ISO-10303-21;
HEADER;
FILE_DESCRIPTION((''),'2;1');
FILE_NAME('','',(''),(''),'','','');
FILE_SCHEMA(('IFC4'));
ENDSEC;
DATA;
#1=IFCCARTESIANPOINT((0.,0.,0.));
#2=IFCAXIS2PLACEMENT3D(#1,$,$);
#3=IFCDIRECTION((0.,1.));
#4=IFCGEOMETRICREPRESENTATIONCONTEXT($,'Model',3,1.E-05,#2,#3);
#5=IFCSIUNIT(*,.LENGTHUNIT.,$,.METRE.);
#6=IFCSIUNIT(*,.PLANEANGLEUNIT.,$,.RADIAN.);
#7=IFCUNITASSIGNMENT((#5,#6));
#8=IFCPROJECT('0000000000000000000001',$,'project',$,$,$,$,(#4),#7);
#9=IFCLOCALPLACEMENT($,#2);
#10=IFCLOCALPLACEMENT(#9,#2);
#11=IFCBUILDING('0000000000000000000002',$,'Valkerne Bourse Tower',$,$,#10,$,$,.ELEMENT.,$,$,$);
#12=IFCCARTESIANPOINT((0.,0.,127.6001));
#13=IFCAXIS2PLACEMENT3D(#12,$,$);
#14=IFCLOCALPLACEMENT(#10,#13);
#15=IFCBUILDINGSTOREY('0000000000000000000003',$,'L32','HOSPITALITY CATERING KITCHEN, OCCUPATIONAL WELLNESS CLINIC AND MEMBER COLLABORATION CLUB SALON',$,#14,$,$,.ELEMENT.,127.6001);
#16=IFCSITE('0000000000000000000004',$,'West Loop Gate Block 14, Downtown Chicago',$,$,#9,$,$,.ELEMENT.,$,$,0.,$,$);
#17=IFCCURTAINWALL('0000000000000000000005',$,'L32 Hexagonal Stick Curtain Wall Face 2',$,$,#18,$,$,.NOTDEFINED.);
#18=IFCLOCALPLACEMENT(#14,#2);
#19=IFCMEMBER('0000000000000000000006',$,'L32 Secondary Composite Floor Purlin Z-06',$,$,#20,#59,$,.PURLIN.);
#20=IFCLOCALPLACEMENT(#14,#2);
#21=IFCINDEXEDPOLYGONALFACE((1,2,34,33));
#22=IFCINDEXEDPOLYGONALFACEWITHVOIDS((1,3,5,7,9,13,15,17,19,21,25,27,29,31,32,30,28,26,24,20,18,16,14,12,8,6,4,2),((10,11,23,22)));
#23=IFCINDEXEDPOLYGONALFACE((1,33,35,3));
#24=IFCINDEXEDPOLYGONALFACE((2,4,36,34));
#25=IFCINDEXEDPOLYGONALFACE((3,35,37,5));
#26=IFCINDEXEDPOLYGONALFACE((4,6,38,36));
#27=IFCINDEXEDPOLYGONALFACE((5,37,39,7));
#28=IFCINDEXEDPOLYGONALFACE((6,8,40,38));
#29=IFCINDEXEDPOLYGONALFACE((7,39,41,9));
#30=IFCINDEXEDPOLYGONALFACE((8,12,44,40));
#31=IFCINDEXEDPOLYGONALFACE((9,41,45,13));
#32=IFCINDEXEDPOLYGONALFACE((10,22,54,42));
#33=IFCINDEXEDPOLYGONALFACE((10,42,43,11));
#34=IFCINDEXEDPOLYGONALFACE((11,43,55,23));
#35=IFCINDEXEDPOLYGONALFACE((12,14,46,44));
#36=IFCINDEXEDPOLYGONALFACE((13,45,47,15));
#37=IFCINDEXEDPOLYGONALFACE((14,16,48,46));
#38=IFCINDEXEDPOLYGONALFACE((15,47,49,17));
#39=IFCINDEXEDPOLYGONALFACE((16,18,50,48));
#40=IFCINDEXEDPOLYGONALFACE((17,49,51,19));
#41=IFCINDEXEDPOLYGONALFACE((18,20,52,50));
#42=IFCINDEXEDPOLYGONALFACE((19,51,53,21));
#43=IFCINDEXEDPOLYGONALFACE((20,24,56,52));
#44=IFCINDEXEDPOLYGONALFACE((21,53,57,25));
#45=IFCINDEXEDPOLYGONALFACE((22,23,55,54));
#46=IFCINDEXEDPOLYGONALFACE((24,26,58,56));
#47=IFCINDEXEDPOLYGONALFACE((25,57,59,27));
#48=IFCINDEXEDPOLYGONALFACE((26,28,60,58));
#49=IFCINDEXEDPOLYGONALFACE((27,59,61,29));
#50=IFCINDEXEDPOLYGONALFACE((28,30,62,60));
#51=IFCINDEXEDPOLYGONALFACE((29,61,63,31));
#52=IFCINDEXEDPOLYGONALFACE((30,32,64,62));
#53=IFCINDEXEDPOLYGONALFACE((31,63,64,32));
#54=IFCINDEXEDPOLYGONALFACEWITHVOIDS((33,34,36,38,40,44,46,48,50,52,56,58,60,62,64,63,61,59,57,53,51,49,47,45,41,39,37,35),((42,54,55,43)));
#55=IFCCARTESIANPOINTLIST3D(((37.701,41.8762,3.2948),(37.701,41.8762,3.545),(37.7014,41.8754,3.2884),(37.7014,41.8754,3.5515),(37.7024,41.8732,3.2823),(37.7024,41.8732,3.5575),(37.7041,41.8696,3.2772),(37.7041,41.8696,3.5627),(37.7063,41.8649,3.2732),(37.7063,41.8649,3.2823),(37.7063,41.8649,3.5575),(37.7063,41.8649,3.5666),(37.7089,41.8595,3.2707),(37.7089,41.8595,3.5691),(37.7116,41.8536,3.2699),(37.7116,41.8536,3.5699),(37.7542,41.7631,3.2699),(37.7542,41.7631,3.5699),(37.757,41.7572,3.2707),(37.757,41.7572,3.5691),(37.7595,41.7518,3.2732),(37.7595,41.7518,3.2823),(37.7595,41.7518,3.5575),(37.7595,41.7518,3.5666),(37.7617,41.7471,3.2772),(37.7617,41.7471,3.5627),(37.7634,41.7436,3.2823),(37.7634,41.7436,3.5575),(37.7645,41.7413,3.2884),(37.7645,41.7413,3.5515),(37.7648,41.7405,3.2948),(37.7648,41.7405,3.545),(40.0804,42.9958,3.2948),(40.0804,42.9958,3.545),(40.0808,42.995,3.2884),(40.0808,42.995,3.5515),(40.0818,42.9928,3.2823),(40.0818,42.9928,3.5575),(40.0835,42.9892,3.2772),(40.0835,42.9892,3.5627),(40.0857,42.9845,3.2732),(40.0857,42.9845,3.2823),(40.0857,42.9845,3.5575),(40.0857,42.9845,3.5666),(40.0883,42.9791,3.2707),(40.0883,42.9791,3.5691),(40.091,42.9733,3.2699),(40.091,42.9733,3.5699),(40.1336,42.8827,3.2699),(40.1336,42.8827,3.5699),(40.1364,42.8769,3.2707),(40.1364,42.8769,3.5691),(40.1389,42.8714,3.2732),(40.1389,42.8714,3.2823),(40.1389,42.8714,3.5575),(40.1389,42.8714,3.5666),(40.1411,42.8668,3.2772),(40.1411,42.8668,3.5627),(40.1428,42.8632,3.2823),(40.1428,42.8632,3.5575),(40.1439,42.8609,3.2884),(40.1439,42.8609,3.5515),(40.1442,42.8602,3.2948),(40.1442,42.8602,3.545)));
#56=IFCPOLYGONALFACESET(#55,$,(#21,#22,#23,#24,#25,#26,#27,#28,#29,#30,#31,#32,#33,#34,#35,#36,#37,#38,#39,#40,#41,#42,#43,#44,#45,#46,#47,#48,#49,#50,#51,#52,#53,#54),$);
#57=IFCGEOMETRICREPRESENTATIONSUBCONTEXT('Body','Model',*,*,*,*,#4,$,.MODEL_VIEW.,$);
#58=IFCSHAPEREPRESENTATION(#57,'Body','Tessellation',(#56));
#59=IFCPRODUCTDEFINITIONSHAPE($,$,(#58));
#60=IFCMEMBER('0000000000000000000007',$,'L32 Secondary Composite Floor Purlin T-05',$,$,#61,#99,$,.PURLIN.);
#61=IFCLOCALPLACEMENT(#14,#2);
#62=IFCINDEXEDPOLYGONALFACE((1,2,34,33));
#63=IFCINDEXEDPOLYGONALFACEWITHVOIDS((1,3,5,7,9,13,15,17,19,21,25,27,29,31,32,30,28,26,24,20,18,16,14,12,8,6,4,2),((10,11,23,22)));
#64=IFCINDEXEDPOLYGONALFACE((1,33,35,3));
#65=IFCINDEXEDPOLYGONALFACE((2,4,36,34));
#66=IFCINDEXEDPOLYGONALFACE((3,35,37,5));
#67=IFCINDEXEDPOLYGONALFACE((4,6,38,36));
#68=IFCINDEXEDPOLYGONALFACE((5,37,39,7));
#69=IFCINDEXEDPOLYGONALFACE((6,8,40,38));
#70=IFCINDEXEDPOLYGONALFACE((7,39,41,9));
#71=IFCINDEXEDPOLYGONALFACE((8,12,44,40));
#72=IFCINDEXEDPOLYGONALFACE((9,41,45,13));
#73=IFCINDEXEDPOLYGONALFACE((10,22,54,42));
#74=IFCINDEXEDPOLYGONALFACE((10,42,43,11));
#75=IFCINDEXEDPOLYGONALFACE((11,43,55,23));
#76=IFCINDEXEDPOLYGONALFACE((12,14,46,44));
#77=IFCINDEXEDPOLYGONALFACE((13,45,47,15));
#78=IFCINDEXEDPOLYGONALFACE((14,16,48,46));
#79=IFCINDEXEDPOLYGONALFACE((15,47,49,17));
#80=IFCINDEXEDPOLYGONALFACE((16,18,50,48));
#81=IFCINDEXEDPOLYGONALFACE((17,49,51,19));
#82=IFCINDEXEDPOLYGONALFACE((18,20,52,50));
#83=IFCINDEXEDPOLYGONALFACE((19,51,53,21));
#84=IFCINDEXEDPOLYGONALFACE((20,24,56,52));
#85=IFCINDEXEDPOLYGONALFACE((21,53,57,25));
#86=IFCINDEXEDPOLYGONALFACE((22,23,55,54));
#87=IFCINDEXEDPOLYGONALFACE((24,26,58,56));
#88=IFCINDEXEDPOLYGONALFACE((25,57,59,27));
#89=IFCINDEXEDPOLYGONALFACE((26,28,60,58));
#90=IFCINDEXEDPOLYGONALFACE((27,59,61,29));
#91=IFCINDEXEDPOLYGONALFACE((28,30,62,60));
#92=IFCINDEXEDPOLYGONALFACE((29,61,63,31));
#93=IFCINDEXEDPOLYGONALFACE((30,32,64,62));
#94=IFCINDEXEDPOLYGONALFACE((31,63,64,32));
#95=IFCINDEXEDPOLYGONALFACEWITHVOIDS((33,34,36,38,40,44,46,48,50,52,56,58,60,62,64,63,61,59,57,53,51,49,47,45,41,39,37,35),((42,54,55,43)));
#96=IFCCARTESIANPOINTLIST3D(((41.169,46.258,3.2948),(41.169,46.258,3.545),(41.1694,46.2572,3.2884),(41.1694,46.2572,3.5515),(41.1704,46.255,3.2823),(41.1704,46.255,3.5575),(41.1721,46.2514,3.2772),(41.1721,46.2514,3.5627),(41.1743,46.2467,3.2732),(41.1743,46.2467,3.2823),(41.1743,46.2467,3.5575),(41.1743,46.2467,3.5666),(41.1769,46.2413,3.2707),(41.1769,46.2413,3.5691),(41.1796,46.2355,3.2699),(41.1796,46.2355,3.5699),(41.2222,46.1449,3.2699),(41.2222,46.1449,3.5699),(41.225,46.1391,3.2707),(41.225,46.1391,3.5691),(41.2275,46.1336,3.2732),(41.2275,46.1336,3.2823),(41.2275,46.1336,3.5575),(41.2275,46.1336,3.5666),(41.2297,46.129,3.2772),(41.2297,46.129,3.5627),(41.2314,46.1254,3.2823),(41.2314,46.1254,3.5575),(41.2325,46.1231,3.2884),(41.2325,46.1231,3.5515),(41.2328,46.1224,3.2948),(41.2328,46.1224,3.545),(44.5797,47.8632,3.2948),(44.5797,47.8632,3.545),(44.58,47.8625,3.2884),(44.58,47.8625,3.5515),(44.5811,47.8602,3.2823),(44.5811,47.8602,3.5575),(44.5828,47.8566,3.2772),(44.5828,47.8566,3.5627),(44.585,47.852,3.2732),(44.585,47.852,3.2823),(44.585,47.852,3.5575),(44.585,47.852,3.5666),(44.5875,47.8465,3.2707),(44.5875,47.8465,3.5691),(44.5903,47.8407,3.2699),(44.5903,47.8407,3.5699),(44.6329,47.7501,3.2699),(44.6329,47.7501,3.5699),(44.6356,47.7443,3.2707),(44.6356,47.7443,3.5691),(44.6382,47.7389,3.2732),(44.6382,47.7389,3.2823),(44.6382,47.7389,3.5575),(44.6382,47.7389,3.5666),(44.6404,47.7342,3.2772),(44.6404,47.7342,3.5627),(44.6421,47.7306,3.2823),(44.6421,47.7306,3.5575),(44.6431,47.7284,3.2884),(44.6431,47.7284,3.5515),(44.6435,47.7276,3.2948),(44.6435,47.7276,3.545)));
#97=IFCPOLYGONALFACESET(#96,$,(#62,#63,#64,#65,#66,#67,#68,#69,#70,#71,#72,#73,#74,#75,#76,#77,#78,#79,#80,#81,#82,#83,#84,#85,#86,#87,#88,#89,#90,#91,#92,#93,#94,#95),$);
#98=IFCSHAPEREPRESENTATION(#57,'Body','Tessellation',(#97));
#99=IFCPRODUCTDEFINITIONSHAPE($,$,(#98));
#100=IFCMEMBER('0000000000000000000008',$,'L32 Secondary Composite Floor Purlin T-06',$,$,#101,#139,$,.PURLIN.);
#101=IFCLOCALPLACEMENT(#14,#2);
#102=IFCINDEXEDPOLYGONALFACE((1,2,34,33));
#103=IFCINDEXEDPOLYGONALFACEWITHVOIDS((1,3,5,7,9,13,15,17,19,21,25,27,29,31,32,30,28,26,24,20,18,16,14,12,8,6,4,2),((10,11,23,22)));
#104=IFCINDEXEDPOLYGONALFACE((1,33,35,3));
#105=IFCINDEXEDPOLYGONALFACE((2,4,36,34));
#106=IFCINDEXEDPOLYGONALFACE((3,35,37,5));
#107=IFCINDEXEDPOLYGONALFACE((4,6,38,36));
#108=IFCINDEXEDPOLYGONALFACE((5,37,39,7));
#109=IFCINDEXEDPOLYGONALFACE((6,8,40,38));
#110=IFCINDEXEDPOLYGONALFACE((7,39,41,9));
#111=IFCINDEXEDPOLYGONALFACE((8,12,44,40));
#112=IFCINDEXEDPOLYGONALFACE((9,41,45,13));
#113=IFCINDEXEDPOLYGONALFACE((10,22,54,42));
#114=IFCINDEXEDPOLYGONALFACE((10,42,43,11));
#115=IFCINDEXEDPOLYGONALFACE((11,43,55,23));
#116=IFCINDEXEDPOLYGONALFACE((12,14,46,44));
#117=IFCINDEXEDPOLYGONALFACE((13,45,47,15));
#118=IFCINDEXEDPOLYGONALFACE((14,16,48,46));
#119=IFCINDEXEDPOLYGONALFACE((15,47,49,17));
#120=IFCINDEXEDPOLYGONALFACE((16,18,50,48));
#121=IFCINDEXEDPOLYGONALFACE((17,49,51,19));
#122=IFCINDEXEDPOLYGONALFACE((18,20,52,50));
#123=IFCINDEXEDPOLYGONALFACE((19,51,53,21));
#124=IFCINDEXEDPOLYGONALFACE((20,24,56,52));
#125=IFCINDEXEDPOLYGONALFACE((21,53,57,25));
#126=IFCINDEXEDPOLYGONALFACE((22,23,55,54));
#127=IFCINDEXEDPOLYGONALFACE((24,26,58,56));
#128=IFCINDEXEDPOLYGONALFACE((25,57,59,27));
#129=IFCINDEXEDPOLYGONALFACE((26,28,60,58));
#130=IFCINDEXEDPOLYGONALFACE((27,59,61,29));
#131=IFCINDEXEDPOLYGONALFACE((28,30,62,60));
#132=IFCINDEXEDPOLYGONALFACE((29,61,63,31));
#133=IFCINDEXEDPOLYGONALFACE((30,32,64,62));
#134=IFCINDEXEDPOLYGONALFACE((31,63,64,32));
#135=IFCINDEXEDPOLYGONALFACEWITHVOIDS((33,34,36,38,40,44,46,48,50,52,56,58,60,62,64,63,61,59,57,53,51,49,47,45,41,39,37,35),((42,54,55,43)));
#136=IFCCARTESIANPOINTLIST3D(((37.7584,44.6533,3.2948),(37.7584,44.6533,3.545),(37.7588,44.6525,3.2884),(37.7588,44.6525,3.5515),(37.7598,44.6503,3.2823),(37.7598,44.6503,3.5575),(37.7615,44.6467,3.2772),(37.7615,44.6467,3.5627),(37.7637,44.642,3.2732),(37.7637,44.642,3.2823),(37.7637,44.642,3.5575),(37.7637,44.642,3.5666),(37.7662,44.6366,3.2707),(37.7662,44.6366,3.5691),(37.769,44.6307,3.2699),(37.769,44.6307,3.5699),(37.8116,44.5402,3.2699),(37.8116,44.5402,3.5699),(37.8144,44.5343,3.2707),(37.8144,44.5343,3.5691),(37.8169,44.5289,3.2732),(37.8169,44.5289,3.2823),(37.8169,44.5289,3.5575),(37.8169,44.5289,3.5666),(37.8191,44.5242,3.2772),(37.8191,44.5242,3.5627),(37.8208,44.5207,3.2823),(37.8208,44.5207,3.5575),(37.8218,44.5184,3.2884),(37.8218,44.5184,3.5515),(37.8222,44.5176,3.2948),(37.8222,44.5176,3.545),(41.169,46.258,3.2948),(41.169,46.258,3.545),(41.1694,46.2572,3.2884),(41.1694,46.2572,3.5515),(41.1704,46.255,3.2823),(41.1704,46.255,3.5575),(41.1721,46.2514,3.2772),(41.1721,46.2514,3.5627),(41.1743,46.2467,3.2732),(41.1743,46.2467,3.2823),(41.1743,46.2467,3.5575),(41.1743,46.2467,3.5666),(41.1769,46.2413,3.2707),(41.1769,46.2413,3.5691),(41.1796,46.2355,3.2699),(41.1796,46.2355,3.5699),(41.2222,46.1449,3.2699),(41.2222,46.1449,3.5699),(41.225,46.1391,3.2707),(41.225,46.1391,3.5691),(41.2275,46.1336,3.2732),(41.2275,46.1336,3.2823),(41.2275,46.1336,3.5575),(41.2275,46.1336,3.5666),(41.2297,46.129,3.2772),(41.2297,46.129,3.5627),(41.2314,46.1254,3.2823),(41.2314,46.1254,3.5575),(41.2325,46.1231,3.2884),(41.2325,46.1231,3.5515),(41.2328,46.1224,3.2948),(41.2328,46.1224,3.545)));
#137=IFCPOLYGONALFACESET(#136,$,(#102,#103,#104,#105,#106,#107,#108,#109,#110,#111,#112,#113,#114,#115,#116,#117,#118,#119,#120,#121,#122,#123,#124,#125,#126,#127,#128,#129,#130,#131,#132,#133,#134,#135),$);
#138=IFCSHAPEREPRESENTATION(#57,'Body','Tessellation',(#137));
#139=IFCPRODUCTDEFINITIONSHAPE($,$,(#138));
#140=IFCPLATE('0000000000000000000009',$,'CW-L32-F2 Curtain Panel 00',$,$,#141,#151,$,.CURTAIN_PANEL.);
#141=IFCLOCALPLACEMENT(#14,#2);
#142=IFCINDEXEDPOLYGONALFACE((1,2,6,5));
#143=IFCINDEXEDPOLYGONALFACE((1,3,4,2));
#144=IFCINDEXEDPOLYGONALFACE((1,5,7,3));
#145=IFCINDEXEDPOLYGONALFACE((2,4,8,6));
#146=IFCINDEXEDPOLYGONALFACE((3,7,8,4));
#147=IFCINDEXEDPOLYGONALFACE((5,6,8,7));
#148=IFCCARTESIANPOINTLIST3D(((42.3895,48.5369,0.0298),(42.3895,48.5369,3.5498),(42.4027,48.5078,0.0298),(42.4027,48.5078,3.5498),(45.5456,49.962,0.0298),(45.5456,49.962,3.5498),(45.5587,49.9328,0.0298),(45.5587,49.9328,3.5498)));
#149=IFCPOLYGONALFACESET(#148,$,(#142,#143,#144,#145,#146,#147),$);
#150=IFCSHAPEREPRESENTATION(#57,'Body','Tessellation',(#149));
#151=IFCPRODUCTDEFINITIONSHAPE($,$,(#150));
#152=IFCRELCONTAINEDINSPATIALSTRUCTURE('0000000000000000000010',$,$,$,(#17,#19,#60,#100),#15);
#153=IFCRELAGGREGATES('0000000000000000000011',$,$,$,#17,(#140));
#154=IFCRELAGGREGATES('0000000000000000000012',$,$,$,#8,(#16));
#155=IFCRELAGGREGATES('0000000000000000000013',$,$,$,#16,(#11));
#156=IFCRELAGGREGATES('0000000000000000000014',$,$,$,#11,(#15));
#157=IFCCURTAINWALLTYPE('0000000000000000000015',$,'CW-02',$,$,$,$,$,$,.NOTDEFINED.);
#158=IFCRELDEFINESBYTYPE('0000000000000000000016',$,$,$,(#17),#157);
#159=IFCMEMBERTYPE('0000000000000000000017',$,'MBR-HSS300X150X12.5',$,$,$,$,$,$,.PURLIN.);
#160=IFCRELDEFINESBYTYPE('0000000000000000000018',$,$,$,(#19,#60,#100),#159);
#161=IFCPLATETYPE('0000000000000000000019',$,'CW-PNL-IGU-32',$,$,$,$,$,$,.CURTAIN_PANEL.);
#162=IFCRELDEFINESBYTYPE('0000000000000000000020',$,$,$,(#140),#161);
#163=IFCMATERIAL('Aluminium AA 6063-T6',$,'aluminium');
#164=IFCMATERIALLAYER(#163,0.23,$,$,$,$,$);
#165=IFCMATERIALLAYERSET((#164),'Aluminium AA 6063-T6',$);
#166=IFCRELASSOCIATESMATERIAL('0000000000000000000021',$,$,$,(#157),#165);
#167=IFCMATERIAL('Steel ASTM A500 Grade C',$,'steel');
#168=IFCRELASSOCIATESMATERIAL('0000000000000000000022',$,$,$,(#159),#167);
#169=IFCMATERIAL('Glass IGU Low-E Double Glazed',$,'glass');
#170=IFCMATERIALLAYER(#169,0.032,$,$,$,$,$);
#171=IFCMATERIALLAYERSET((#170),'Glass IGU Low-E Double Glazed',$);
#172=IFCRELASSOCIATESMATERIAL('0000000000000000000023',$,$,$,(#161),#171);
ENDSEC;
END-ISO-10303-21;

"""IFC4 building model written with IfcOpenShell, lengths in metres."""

from ifc_helpers import new_model, si_unit, direction, frame, origin, origin_2d, place, context, subcontext, project, spatial, rectangle, hollow_rectangle, extrude, material, layer, layer_set, material_profile, profile_set, type_object, element, aggregate, save


model = new_model("IFC4")

# Units and contexts
model_context = context("Model", 3, precision=1e-05, world=origin(), true_north=direction((0.0, 1.0)))
body_context = subcontext(model_context, "Body", "Model", "MODEL_VIEW")
ifc_project = project(units=[si_unit("LENGTHUNIT", "METRE"), si_unit("PLANEANGLEUNIT", "RADIAN")], contexts=[model_context])

# Site, building, storey
site_placement = place(None, origin())
site = spatial("IfcSite", under=ifc_project, at=site_placement, Name="West Loop Gate Block 14, Downtown Chicago", CompositionType="ELEMENT", RefElevation=0.0)
building_placement = place(site_placement, origin())
building = spatial("IfcBuilding", under=site, at=building_placement, Name="Valkerne Bourse Tower", CompositionType="ELEMENT")
storey_placement = place(building_placement, frame((0.0, 0.0, 127.6001)))
storey = spatial("IfcBuildingStorey", under=building, at=storey_placement, Name="L32", Description="HOSPITALITY CATERING KITCHEN, OCCUPATIONAL WELLNESS CLINIC AND MEMBER COLLABORATION CLUB SALON", CompositionType="ELEMENT", Elevation=127.6001)

# Curtain wall
ifc_material_1 = material(Name="Aluminium AA 6063-T6", Category="aluminium")
ifc_layer_1 = layer(ifc_material_1, 0.23)
ifc_layer_set_1 = layer_set([ifc_layer_1], Name="Aluminium AA 6063-T6")
curtain_wall_type = type_object("IfcCurtainWallType", Name="CW-02", PredefinedType="NOTDEFINED", material=ifc_layer_set_1)
curtain_wall_placement = place(storey_placement, origin())
curtain_wall = element("IfcCurtainWall", 1, at=curtain_wall_placement, inside=storey, type_object=curtain_wall_type, Name="L32 Hexagonal Stick Curtain Wall Face 2", PredefinedType="NOTDEFINED")

# Members
ifc_material_2 = material(Name="Steel ASTM A500 Grade C", Category="steel")
ifc_material_profile_1 = material_profile(ifc_material_2, hollow_rectangle(XDim=0.1499, YDim=0.3, WallThickness=0.0125, OuterFilletRadius=0.0249, at=origin_2d()), Name="HSS300X150X12.5")
ifc_profile_set_1 = profile_set([ifc_material_profile_1], Name="Steel ASTM A500 Grade C")
member_type_1 = type_object("IfcMemberType", Name="MBR-HSS300X150X12.5", PredefinedType="PURLIN", material=ifc_profile_set_1)
for number, where, z_axis, x_axis, name in (
    (2, (40.1123, 42.928, 3.4199), (-0.904831, -0.42577, 0.0), (0.42577, -0.904831, 0.0), "L32 Secondary Composite Floor Purlin Z-06"),
):
    element("IfcMember", number, at=place(storey_placement, frame(where, z_axis=z_axis, x_axis=x_axis)), inside=storey, type_object=member_type_1, Name=name, PredefinedType="PURLIN", context=body_context, shape_type="SweptSolid", body=[
        extrude(hollow_rectangle(XDim=0.1499, YDim=0.3, WallThickness=0.0125, OuterFilletRadius=0.0249, at=origin_2d()), origin(), (0.0, 0.0, 1.0), 2.6296),
    ])
member_1_placement = place(storey_placement, frame((44.6116, 47.7954, 3.4199), z_axis=(-0.904797, -0.425844, 0.0), x_axis=(0.425844, -0.904797, 0.0)))
element("IfcMember", 3, at=member_1_placement, inside=storey, type_object=member_type_1, Name="L32 Secondary Composite Floor Purlin T-05", PredefinedType="PURLIN", context=body_context, shape_type="SweptSolid", body=[
    extrude(hollow_rectangle(XDim=0.1499, YDim=0.3, WallThickness=0.0125, OuterFilletRadius=0.0249, at=origin_2d()), origin(), (0.0, 0.0, 1.0), 3.7695),
])
member_2_placement = place(storey_placement, frame((41.2009, 46.1902, 3.4199), z_axis=(-0.904847, -0.425738, 0.0), x_axis=(0.425738, -0.904847, 0.0)))
element("IfcMember", 4, at=member_2_placement, inside=storey, type_object=member_type_1, Name="L32 Secondary Composite Floor Purlin T-06", PredefinedType="PURLIN", context=body_context, shape_type="SweptSolid", body=[
    extrude(hollow_rectangle(XDim=0.1499, YDim=0.3, WallThickness=0.0125, OuterFilletRadius=0.0249, at=origin_2d()), origin(), (0.0, 0.0, 1.0), 3.7693),
])

# Plate
ifc_material_3 = material(Name="Glass IGU Low-E Double Glazed", Category="glass")
ifc_layer_2 = layer(ifc_material_3, 0.032)
ifc_layer_set_2 = layer_set([ifc_layer_2], Name="Glass IGU Low-E Double Glazed")
plate_type = type_object("IfcPlateType", Name="CW-PNL-IGU-32", PredefinedType="CURTAIN_PANEL", material=ifc_layer_set_2)
plate_placement = place(storey_placement, frame((43.9741, 49.2349, 0.0298), z_axis=(0.0, 0.0, 1.0), x_axis=(-0.911401, -0.411519, 0.0)))
plate = element("IfcPlate", 5, at=plate_placement, type_object=plate_type, Name="CW-L32-F2 Curtain Panel 00", PredefinedType="CURTAIN_PANEL", context=body_context, shape_type="SweptSolid", body=[
    extrude(rectangle(XDim=3.4629, YDim=0.032, at=origin_2d()), origin(), (0.0, 0.0, 1.0), 3.52),
])
aggregate(curtain_wall, [plate])

save(model, "model.ifc")
